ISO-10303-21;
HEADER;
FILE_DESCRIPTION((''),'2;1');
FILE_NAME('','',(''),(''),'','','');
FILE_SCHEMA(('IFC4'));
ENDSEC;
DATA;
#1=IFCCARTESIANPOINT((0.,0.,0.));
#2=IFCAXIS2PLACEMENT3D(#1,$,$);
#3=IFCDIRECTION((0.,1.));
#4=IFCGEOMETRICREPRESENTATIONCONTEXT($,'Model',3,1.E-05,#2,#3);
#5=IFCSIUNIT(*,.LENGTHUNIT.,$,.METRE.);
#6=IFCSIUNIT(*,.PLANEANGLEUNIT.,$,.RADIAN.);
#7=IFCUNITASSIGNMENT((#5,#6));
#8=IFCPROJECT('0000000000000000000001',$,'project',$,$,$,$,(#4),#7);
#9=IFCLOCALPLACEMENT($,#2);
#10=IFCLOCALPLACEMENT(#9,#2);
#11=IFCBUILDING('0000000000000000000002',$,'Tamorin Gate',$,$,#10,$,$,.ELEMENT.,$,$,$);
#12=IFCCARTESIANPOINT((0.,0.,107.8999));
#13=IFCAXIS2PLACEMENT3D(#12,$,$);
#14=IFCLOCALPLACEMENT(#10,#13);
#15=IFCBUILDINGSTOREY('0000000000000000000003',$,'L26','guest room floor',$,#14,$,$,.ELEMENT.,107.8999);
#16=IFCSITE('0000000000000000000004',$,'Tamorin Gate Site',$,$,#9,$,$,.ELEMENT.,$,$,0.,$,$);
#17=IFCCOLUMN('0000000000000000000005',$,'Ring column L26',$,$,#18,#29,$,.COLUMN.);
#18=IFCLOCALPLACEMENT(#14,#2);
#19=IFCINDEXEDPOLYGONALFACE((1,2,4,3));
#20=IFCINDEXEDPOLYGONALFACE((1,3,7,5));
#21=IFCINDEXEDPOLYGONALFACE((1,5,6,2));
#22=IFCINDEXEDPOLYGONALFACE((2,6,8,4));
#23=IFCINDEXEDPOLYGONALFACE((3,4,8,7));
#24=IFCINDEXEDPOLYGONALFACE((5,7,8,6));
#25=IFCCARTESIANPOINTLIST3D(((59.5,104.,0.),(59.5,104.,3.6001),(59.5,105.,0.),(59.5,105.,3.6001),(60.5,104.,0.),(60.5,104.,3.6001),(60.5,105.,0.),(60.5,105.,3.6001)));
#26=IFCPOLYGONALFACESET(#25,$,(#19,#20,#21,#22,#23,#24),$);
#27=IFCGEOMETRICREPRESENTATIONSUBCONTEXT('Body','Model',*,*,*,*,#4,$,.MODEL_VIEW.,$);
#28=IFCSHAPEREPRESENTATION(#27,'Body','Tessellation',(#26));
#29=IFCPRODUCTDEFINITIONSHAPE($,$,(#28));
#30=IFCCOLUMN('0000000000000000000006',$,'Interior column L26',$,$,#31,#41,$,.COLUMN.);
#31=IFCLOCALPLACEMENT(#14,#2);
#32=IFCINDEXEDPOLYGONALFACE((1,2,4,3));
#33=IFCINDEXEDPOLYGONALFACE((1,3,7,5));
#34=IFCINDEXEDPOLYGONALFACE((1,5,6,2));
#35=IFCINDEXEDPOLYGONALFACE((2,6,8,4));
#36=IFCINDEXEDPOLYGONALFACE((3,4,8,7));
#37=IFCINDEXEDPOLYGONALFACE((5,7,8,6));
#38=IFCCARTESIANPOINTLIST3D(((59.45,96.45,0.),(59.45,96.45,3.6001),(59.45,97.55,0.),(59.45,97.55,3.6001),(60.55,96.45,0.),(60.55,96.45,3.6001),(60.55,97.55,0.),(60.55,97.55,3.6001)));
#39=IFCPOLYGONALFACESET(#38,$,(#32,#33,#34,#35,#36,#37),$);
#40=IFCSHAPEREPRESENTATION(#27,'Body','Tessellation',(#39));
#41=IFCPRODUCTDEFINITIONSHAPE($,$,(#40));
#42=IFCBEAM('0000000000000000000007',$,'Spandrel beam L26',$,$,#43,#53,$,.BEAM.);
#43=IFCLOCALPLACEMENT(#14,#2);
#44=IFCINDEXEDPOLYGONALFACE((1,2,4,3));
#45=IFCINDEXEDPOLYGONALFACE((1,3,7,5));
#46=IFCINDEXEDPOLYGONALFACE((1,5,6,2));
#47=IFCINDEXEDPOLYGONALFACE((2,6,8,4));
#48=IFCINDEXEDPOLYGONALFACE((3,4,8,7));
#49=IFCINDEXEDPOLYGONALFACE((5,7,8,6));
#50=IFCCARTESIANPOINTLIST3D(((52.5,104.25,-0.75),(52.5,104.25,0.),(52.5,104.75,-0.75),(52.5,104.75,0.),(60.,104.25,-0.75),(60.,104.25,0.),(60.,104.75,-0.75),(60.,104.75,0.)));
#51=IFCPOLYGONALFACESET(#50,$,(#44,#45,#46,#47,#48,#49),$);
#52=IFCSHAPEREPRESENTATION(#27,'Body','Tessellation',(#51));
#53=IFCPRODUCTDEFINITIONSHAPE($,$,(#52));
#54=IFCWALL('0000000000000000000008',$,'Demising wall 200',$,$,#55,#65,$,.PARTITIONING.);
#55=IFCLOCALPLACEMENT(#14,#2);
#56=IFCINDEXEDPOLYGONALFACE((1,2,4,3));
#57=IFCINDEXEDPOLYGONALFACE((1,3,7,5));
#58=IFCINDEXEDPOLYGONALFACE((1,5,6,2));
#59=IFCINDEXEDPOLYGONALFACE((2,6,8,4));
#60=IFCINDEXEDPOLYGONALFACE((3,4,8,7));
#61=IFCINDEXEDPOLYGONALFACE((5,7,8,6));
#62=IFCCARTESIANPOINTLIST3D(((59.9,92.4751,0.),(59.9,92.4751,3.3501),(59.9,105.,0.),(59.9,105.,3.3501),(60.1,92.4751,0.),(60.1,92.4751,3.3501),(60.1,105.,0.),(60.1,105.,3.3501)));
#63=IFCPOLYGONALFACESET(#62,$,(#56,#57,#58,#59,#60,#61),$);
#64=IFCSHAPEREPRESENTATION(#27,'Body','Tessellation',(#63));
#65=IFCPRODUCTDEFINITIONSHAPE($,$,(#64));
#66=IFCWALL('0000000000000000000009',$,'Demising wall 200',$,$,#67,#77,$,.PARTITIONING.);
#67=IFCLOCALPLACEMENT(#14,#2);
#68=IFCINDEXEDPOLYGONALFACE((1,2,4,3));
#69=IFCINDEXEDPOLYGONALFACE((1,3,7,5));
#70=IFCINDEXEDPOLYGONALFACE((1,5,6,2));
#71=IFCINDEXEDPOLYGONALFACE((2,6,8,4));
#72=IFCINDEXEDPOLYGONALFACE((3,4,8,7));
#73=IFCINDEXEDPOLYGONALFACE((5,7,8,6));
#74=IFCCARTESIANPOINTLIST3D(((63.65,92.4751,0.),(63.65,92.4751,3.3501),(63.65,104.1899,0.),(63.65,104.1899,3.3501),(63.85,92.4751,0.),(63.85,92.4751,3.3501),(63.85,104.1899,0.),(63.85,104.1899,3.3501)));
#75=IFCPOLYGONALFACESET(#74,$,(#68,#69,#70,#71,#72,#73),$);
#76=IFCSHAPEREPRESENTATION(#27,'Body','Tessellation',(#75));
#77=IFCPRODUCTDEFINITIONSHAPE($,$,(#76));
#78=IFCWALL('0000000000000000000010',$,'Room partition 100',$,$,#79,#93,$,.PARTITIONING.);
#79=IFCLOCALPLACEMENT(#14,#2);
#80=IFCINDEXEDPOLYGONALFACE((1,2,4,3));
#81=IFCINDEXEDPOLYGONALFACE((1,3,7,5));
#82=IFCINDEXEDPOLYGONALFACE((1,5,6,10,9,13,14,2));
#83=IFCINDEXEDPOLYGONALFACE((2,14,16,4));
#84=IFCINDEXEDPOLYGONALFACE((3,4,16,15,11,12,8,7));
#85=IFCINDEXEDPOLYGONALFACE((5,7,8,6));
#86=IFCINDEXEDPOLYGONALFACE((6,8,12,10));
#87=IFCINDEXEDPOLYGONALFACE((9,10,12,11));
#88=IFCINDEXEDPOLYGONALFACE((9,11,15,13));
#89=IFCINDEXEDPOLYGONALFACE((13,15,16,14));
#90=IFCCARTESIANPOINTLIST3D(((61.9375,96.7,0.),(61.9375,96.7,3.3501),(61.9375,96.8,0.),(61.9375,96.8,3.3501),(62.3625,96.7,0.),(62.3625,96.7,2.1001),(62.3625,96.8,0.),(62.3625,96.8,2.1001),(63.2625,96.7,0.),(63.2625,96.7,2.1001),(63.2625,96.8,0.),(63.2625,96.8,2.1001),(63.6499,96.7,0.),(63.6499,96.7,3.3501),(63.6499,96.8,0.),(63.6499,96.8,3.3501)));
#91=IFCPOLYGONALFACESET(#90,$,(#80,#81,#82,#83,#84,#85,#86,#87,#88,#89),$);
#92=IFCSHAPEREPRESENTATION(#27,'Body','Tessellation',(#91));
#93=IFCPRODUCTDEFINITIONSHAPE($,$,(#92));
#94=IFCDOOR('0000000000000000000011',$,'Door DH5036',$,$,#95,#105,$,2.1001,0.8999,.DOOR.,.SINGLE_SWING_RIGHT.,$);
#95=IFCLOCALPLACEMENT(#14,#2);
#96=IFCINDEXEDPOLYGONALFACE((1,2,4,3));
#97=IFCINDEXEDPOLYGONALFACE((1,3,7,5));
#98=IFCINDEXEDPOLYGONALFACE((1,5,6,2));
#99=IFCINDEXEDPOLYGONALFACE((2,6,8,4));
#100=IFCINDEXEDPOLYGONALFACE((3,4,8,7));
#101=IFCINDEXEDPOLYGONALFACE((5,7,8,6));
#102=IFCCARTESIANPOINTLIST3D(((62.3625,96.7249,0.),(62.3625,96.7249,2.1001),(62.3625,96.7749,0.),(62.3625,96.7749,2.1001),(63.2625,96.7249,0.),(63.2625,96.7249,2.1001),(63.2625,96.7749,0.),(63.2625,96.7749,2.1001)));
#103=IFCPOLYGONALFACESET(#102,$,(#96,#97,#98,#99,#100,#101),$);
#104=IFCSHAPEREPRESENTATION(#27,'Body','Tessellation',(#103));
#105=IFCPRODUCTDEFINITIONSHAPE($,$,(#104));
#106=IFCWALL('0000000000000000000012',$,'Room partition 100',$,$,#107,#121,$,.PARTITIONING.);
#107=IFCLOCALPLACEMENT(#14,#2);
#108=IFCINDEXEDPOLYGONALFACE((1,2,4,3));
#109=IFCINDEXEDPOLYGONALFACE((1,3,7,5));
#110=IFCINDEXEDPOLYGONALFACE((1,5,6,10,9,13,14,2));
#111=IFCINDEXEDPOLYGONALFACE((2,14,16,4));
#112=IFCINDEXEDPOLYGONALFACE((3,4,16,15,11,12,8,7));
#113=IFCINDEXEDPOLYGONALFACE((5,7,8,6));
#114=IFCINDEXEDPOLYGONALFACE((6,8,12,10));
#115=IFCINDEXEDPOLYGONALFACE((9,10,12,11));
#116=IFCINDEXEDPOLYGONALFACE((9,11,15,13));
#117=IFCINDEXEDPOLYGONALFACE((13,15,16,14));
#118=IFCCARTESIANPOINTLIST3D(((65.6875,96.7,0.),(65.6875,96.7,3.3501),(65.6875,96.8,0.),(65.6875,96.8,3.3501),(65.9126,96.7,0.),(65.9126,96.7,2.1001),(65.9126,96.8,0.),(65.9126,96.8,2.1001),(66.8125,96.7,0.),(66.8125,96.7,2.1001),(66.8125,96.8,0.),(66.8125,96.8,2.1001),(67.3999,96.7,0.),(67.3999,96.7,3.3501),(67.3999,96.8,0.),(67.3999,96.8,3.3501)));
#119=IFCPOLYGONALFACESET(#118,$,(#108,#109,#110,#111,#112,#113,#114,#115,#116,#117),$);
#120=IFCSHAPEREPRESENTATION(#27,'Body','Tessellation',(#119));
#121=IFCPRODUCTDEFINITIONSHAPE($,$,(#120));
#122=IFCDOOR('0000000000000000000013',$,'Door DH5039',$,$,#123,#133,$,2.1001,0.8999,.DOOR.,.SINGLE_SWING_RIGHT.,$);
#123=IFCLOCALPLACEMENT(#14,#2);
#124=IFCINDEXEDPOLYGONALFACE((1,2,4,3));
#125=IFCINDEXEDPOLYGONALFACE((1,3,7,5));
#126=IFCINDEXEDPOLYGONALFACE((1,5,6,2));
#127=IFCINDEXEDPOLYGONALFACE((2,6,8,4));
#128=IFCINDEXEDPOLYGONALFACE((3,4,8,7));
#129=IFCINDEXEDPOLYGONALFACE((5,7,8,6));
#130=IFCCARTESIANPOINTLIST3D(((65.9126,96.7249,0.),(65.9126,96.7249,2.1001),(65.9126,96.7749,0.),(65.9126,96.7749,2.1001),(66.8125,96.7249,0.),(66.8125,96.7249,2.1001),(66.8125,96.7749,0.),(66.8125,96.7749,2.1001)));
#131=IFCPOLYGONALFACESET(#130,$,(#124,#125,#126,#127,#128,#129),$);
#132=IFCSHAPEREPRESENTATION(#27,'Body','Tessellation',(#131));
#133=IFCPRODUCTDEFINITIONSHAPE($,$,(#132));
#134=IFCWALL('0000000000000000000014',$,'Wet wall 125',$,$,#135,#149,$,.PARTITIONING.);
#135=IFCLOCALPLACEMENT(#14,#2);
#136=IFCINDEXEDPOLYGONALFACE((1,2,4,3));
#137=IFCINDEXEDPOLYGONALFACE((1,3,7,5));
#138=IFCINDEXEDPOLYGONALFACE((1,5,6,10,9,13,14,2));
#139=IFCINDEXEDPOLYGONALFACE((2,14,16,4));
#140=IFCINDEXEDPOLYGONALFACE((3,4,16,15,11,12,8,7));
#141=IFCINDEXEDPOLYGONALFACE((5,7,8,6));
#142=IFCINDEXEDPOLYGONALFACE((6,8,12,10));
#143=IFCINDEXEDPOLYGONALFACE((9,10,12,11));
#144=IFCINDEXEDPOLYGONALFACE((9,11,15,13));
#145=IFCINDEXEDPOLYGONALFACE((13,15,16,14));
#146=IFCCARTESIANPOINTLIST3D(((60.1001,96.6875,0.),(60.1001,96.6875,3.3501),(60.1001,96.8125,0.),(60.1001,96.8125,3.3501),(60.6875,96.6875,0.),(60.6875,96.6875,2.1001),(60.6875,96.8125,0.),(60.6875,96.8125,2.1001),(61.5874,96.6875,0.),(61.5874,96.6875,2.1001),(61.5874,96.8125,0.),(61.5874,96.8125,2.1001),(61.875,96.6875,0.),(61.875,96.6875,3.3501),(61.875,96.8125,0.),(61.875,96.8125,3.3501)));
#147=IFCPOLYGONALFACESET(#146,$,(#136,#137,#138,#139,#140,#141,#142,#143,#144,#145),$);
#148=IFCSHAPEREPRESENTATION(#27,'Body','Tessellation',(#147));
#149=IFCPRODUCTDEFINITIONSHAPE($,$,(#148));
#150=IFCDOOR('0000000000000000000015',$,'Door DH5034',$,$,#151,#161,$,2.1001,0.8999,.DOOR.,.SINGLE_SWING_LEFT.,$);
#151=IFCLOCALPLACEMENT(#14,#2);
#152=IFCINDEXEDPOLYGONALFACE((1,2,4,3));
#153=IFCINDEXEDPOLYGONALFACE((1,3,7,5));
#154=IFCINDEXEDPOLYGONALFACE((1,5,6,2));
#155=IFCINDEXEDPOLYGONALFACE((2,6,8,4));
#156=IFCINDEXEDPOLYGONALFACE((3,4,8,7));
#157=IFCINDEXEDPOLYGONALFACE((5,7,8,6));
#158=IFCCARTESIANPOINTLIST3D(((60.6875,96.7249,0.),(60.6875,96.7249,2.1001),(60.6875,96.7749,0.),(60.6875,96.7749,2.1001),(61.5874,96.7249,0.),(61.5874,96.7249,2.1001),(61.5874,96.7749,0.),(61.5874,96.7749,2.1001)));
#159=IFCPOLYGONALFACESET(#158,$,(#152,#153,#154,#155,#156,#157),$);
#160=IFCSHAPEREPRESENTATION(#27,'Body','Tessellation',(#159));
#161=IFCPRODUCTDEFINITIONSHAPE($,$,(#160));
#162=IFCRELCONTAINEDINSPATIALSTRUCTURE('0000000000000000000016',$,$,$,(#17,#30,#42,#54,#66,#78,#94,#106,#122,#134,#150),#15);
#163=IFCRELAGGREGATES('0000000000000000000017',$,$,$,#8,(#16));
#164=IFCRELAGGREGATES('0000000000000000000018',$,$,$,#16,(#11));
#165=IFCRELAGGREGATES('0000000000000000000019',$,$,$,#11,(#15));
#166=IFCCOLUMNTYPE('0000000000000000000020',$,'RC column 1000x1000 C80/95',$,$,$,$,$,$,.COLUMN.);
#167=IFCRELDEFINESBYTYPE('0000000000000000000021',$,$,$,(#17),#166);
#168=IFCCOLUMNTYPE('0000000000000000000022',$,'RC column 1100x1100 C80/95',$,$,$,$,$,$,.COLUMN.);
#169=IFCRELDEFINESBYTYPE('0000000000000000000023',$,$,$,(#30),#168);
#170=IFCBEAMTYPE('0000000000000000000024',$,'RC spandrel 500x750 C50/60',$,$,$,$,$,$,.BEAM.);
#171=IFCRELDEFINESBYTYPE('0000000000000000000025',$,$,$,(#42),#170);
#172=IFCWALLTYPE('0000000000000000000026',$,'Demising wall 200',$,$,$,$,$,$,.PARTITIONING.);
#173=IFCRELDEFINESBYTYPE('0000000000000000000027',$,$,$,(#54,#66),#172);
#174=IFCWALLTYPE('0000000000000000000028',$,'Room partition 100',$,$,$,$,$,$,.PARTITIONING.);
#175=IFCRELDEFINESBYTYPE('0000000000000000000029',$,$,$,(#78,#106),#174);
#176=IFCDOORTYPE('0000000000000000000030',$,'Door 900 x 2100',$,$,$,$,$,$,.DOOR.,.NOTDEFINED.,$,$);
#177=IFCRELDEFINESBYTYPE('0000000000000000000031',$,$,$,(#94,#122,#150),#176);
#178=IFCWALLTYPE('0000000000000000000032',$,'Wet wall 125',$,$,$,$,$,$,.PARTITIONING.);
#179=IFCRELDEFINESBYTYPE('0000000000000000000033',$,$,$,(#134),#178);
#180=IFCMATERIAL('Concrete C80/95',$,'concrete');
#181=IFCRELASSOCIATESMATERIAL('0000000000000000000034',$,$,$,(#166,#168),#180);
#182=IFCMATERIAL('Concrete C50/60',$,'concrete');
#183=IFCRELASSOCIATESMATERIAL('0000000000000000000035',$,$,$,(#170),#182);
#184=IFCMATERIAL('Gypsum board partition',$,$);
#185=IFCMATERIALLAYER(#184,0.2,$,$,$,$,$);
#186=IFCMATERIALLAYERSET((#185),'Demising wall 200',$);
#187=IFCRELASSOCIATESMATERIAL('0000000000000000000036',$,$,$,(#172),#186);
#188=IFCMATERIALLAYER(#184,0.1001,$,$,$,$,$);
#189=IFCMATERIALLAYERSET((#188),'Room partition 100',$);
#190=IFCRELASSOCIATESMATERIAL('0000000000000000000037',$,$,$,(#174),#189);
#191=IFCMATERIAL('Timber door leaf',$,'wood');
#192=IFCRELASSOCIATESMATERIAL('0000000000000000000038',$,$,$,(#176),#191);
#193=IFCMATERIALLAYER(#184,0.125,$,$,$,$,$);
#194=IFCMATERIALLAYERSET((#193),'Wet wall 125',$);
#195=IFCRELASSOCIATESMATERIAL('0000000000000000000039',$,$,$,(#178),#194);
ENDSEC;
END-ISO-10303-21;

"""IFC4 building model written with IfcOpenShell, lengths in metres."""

from ifc_helpers import new_model, si_unit, direction, frame, frame_2d, origin, origin_2d, place, context, subcontext, project, spatial, rectangle, extrude, material, layer, layer_set, material_profile, profile_set, type_object, element, fill, save


model = new_model("IFC4")

# Units and contexts
model_context = context("Model", 3, precision=1e-05, world=origin(), true_north=direction((0.0, 1.0)))
body_context = subcontext(model_context, "Body", "Model", "MODEL_VIEW")
ifc_project = project(units=[si_unit("LENGTHUNIT", "METRE"), si_unit("PLANEANGLEUNIT", "RADIAN")], contexts=[model_context])

# Site, building, storey
site_placement = place(None, origin())
site = spatial("IfcSite", under=ifc_project, at=site_placement, Name="Tamorin Gate Site", CompositionType="ELEMENT", RefElevation=0.0)
building_placement = place(site_placement, origin())
building = spatial("IfcBuilding", under=site, at=building_placement, Name="Tamorin Gate", CompositionType="ELEMENT")
storey_placement = place(building_placement, frame((0.0, 0.0, 107.8999)))
storey = spatial("IfcBuildingStorey", under=building, at=storey_placement, Name="L26", Description="guest room floor", CompositionType="ELEMENT", Elevation=107.8999)

# Columns
ifc_material_1 = material(Name="Concrete C80/95", Category="concrete")
ifc_material_profile_1 = material_profile(ifc_material_1, rectangle(XDim=1.0, YDim=1.0, at=origin_2d()), Name="RC 1000x1000")
ifc_profile_set_1 = profile_set([ifc_material_profile_1], Name="Concrete C80/95")
column_type_1 = type_object("IfcColumnType", Name="RC column 1000x1000 C80/95", PredefinedType="COLUMN", material=ifc_profile_set_1)
column_1_placement = place(storey_placement, frame((60.0, 104.5, 0.0), z_axis=(0.0, 0.0, 1.0), x_axis=(1.0, 0.0, 0.0)))
element("IfcColumn", 1, at=column_1_placement, inside=storey, type_object=column_type_1, Name="Ring column L26", PredefinedType="COLUMN", context=body_context, shape_type="SweptSolid", body=[
    extrude(rectangle(XDim=1.0, YDim=1.0, at=origin_2d()), origin(), (0.0, 0.0, 1.0), 3.6001),
])
ifc_material_profile_2 = material_profile(ifc_material_1, rectangle(XDim=1.1001, YDim=1.1001, at=origin_2d()), Name="RC 1100x1100")
ifc_profile_set_2 = profile_set([ifc_material_profile_2], Name="Concrete C80/95")
column_type_2 = type_object("IfcColumnType", Name="RC column 1100x1100 C80/95", PredefinedType="COLUMN", material=ifc_profile_set_2)
column_2_placement = place(storey_placement, frame((60.0, 97.0, 0.0), z_axis=(0.0, 0.0, 1.0), x_axis=(1.0, 0.0, 0.0)))
element("IfcColumn", 2, at=column_2_placement, inside=storey, type_object=column_type_2, Name="Interior column L26", PredefinedType="COLUMN", context=body_context, shape_type="SweptSolid", body=[
    extrude(rectangle(XDim=1.1001, YDim=1.1001, at=origin_2d()), origin(), (0.0, 0.0, 1.0), 3.6001),
])

# Beam
ifc_material_2 = material(Name="Concrete C50/60", Category="concrete")
ifc_material_profile_3 = material_profile(ifc_material_2, rectangle(XDim=0.5, YDim=0.75, at=origin_2d()), Name="RC 500x750")
ifc_profile_set_3 = profile_set([ifc_material_profile_3], Name="Concrete C50/60")
beam_type = type_object("IfcBeamType", Name="RC spandrel 500x750 C50/60", PredefinedType="BEAM", material=ifc_profile_set_3)
beam_placement = place(storey_placement, frame((60.0, 104.5, -0.375), z_axis=(-1.0, 0.0, 0.0), x_axis=(0.0, -1.0, 0.0)))
element("IfcBeam", 3, at=beam_placement, inside=storey, type_object=beam_type, Name="Spandrel beam L26", PredefinedType="BEAM", context=body_context, shape_type="SweptSolid", body=[
    extrude(rectangle(XDim=0.5, YDim=0.75, at=origin_2d()), origin(), (0.0, 0.0, 1.0), 7.5),
])

# Walls
ifc_material_3 = material(Name="Gypsum board partition")
ifc_layer_1 = layer(ifc_material_3, 0.2)
ifc_layer_set_1 = layer_set([ifc_layer_1], Name="Demising wall 200")
wall_type_1 = type_object("IfcWallType", Name="Demising wall 200", PredefinedType="PARTITIONING", material=ifc_layer_set_1)
wall_1_placement = place(storey_placement, frame((60.0, 92.4751, 0.0), z_axis=(0.0, 0.0, 1.0), x_axis=(0.0, 1.0, 0.0)))
element("IfcWall", 4, at=wall_1_placement, inside=storey, type_object=wall_type_1, Name="Demising wall 200", PredefinedType="PARTITIONING", context=body_context, shape_type="SweptSolid", body=[
    extrude(rectangle(XDim=12.5249, YDim=0.2, at=frame_2d((6.2625, 0.0))), origin(), (0.0, 0.0, 1.0), 3.3501),
])
wall_2_placement = place(storey_placement, frame((63.75, 92.4751, 0.0), z_axis=(0.0, 0.0, 1.0), x_axis=(0.0, 1.0, 0.0)))
element("IfcWall", 5, at=wall_2_placement, inside=storey, type_object=wall_type_1, Name="Demising wall 200", PredefinedType="PARTITIONING", context=body_context, shape_type="SweptSolid", body=[
    extrude(rectangle(XDim=11.7148, YDim=0.2, at=frame_2d((5.8574, 0.0))), origin(), (0.0, 0.0, 1.0), 3.3501),
])

# Walls, openings, doors
ifc_layer_2 = layer(ifc_material_3, 0.1001)
ifc_layer_set_2 = layer_set([ifc_layer_2], Name="Room partition 100")
wall_type_2 = type_object("IfcWallType", Name="Room partition 100", PredefinedType="PARTITIONING", material=ifc_layer_set_2)
wall_3_placement = place(storey_placement, frame((61.9375, 96.75, 0.0), z_axis=(0.0, 0.0, 1.0), x_axis=(1.0, 0.0, 0.0)))
wall_3 = element("IfcWall", 6, at=wall_3_placement, inside=storey, type_object=wall_type_2, Name="Room partition 100", PredefinedType="PARTITIONING", context=body_context, shape_type="SweptSolid", body=[
    extrude(rectangle(XDim=1.7124, YDim=0.1001, at=frame_2d((0.8562, 0.0))), origin(), (0.0, 0.0, 1.0), 3.3501),
])
opening_1_placement = place(wall_3_placement, frame((0.425, 0.0, 0.0)))
opening_1 = element("IfcOpeningElement", 7, at=opening_1_placement, cuts=wall_3, PredefinedType="OPENING", context=body_context, shape_type="SweptSolid", body=[
    extrude(rectangle(XDim=0.8999, YDim=2.1001, at=frame_2d((0.45, 1.05))), frame((0.0, 0.0601, 0.0), z_axis=(0.0, -1.0, 0.0), x_axis=(1.0, 0.0, 0.0)), (0.0, 0.0, 1.0), 0.1201),
])
ifc_material_4 = material(Name="Timber door leaf", Category="wood")
door_type = type_object("IfcDoorType", Name="Door 900 x 2100", OperationType="NOTDEFINED", PredefinedType="DOOR", material=ifc_material_4)
door_1_placement = place(opening_1_placement, origin())
door_1 = element("IfcDoor", 8, at=door_1_placement, inside=storey, type_object=door_type, Name="Door DH5036", OperationType="SINGLE_SWING_RIGHT", OverallHeight=2.1001, OverallWidth=0.8999, PredefinedType="DOOR", context=body_context, shape_type="SweptSolid", body=[
    extrude(rectangle(XDim=0.8999, YDim=2.1001, at=frame_2d((0.45, 1.05))), frame((0.0, 0.0249, 0.0), z_axis=(0.0, -1.0, 0.0), x_axis=(1.0, 0.0, 0.0)), (0.0, 0.0, 1.0), 0.05),
])
fill(opening_1, door_1)
wall_4_placement = place(storey_placement, frame((65.6875, 96.75, 0.0), z_axis=(0.0, 0.0, 1.0), x_axis=(1.0, 0.0, 0.0)))
wall_4 = element("IfcWall", 9, at=wall_4_placement, inside=storey, type_object=wall_type_2, Name="Room partition 100", PredefinedType="PARTITIONING", context=body_context, shape_type="SweptSolid", body=[
    extrude(rectangle(XDim=1.7124, YDim=0.1001, at=frame_2d((0.8562, 0.0))), origin(), (0.0, 0.0, 1.0), 3.3501),
])
opening_2_placement = place(wall_4_placement, frame((0.2251, 0.0, 0.0)))
opening_2 = element("IfcOpeningElement", 10, at=opening_2_placement, cuts=wall_4, PredefinedType="OPENING", context=body_context, shape_type="SweptSolid", body=[
    extrude(rectangle(XDim=0.8999, YDim=2.1001, at=frame_2d((0.45, 1.05))), frame((0.0, 0.0601, 0.0), z_axis=(0.0, -1.0, 0.0), x_axis=(1.0, 0.0, 0.0)), (0.0, 0.0, 1.0), 0.1201),
])
door_2_placement = place(opening_2_placement, origin())
door_2 = element("IfcDoor", 11, at=door_2_placement, inside=storey, type_object=door_type, Name="Door DH5039", OperationType="SINGLE_SWING_RIGHT", OverallHeight=2.1001, OverallWidth=0.8999, PredefinedType="DOOR", context=body_context, shape_type="SweptSolid", body=[
    extrude(rectangle(XDim=0.8999, YDim=2.1001, at=frame_2d((0.45, 1.05))), frame((0.0, 0.0249, 0.0), z_axis=(0.0, -1.0, 0.0), x_axis=(1.0, 0.0, 0.0)), (0.0, 0.0, 1.0), 0.05),
])
fill(opening_2, door_2)
ifc_layer_3 = layer(ifc_material_3, 0.125)
ifc_layer_set_3 = layer_set([ifc_layer_3], Name="Wet wall 125")
wall_type_3 = type_object("IfcWallType", Name="Wet wall 125", PredefinedType="PARTITIONING", material=ifc_layer_set_3)
wall_5_placement = place(storey_placement, frame((60.1001, 96.75, 0.0), z_axis=(0.0, 0.0, 1.0), x_axis=(1.0, 0.0, 0.0)))
wall_5 = element("IfcWall", 12, at=wall_5_placement, inside=storey, type_object=wall_type_3, Name="Wet wall 125", PredefinedType="PARTITIONING", context=body_context, shape_type="SweptSolid", body=[
    extrude(rectangle(XDim=1.7749, YDim=0.125, at=frame_2d((0.8875, 0.0))), origin(), (0.0, 0.0, 1.0), 3.3501),
])
opening_3_placement = place(wall_5_placement, frame((0.5874, 0.0, 0.0)))
opening_3 = element("IfcOpeningElement", 13, at=opening_3_placement, cuts=wall_5, PredefinedType="OPENING", context=body_context, shape_type="SweptSolid", body=[
    extrude(rectangle(XDim=0.8999, YDim=2.1001, at=frame_2d((0.45, 1.05))), frame((0.0, 0.0725, 0.0), z_axis=(0.0, -1.0, 0.0), x_axis=(1.0, 0.0, 0.0)), (0.0, 0.0, 1.0), 0.145),
])
door_3_placement = place(opening_3_placement, origin())
door_3 = element("IfcDoor", 14, at=door_3_placement, inside=storey, type_object=door_type, Name="Door DH5034", OperationType="SINGLE_SWING_LEFT", OverallHeight=2.1001, OverallWidth=0.8999, PredefinedType="DOOR", context=body_context, shape_type="SweptSolid", body=[
    extrude(rectangle(XDim=0.8999, YDim=2.1001, at=frame_2d((0.45, 1.05))), frame((0.0, 0.0249, 0.0), z_axis=(0.0, -1.0, 0.0), x_axis=(1.0, 0.0, 0.0)), (0.0, 0.0, 1.0), 0.05),
])
fill(opening_3, door_3)

save(model, "model.ifc")
